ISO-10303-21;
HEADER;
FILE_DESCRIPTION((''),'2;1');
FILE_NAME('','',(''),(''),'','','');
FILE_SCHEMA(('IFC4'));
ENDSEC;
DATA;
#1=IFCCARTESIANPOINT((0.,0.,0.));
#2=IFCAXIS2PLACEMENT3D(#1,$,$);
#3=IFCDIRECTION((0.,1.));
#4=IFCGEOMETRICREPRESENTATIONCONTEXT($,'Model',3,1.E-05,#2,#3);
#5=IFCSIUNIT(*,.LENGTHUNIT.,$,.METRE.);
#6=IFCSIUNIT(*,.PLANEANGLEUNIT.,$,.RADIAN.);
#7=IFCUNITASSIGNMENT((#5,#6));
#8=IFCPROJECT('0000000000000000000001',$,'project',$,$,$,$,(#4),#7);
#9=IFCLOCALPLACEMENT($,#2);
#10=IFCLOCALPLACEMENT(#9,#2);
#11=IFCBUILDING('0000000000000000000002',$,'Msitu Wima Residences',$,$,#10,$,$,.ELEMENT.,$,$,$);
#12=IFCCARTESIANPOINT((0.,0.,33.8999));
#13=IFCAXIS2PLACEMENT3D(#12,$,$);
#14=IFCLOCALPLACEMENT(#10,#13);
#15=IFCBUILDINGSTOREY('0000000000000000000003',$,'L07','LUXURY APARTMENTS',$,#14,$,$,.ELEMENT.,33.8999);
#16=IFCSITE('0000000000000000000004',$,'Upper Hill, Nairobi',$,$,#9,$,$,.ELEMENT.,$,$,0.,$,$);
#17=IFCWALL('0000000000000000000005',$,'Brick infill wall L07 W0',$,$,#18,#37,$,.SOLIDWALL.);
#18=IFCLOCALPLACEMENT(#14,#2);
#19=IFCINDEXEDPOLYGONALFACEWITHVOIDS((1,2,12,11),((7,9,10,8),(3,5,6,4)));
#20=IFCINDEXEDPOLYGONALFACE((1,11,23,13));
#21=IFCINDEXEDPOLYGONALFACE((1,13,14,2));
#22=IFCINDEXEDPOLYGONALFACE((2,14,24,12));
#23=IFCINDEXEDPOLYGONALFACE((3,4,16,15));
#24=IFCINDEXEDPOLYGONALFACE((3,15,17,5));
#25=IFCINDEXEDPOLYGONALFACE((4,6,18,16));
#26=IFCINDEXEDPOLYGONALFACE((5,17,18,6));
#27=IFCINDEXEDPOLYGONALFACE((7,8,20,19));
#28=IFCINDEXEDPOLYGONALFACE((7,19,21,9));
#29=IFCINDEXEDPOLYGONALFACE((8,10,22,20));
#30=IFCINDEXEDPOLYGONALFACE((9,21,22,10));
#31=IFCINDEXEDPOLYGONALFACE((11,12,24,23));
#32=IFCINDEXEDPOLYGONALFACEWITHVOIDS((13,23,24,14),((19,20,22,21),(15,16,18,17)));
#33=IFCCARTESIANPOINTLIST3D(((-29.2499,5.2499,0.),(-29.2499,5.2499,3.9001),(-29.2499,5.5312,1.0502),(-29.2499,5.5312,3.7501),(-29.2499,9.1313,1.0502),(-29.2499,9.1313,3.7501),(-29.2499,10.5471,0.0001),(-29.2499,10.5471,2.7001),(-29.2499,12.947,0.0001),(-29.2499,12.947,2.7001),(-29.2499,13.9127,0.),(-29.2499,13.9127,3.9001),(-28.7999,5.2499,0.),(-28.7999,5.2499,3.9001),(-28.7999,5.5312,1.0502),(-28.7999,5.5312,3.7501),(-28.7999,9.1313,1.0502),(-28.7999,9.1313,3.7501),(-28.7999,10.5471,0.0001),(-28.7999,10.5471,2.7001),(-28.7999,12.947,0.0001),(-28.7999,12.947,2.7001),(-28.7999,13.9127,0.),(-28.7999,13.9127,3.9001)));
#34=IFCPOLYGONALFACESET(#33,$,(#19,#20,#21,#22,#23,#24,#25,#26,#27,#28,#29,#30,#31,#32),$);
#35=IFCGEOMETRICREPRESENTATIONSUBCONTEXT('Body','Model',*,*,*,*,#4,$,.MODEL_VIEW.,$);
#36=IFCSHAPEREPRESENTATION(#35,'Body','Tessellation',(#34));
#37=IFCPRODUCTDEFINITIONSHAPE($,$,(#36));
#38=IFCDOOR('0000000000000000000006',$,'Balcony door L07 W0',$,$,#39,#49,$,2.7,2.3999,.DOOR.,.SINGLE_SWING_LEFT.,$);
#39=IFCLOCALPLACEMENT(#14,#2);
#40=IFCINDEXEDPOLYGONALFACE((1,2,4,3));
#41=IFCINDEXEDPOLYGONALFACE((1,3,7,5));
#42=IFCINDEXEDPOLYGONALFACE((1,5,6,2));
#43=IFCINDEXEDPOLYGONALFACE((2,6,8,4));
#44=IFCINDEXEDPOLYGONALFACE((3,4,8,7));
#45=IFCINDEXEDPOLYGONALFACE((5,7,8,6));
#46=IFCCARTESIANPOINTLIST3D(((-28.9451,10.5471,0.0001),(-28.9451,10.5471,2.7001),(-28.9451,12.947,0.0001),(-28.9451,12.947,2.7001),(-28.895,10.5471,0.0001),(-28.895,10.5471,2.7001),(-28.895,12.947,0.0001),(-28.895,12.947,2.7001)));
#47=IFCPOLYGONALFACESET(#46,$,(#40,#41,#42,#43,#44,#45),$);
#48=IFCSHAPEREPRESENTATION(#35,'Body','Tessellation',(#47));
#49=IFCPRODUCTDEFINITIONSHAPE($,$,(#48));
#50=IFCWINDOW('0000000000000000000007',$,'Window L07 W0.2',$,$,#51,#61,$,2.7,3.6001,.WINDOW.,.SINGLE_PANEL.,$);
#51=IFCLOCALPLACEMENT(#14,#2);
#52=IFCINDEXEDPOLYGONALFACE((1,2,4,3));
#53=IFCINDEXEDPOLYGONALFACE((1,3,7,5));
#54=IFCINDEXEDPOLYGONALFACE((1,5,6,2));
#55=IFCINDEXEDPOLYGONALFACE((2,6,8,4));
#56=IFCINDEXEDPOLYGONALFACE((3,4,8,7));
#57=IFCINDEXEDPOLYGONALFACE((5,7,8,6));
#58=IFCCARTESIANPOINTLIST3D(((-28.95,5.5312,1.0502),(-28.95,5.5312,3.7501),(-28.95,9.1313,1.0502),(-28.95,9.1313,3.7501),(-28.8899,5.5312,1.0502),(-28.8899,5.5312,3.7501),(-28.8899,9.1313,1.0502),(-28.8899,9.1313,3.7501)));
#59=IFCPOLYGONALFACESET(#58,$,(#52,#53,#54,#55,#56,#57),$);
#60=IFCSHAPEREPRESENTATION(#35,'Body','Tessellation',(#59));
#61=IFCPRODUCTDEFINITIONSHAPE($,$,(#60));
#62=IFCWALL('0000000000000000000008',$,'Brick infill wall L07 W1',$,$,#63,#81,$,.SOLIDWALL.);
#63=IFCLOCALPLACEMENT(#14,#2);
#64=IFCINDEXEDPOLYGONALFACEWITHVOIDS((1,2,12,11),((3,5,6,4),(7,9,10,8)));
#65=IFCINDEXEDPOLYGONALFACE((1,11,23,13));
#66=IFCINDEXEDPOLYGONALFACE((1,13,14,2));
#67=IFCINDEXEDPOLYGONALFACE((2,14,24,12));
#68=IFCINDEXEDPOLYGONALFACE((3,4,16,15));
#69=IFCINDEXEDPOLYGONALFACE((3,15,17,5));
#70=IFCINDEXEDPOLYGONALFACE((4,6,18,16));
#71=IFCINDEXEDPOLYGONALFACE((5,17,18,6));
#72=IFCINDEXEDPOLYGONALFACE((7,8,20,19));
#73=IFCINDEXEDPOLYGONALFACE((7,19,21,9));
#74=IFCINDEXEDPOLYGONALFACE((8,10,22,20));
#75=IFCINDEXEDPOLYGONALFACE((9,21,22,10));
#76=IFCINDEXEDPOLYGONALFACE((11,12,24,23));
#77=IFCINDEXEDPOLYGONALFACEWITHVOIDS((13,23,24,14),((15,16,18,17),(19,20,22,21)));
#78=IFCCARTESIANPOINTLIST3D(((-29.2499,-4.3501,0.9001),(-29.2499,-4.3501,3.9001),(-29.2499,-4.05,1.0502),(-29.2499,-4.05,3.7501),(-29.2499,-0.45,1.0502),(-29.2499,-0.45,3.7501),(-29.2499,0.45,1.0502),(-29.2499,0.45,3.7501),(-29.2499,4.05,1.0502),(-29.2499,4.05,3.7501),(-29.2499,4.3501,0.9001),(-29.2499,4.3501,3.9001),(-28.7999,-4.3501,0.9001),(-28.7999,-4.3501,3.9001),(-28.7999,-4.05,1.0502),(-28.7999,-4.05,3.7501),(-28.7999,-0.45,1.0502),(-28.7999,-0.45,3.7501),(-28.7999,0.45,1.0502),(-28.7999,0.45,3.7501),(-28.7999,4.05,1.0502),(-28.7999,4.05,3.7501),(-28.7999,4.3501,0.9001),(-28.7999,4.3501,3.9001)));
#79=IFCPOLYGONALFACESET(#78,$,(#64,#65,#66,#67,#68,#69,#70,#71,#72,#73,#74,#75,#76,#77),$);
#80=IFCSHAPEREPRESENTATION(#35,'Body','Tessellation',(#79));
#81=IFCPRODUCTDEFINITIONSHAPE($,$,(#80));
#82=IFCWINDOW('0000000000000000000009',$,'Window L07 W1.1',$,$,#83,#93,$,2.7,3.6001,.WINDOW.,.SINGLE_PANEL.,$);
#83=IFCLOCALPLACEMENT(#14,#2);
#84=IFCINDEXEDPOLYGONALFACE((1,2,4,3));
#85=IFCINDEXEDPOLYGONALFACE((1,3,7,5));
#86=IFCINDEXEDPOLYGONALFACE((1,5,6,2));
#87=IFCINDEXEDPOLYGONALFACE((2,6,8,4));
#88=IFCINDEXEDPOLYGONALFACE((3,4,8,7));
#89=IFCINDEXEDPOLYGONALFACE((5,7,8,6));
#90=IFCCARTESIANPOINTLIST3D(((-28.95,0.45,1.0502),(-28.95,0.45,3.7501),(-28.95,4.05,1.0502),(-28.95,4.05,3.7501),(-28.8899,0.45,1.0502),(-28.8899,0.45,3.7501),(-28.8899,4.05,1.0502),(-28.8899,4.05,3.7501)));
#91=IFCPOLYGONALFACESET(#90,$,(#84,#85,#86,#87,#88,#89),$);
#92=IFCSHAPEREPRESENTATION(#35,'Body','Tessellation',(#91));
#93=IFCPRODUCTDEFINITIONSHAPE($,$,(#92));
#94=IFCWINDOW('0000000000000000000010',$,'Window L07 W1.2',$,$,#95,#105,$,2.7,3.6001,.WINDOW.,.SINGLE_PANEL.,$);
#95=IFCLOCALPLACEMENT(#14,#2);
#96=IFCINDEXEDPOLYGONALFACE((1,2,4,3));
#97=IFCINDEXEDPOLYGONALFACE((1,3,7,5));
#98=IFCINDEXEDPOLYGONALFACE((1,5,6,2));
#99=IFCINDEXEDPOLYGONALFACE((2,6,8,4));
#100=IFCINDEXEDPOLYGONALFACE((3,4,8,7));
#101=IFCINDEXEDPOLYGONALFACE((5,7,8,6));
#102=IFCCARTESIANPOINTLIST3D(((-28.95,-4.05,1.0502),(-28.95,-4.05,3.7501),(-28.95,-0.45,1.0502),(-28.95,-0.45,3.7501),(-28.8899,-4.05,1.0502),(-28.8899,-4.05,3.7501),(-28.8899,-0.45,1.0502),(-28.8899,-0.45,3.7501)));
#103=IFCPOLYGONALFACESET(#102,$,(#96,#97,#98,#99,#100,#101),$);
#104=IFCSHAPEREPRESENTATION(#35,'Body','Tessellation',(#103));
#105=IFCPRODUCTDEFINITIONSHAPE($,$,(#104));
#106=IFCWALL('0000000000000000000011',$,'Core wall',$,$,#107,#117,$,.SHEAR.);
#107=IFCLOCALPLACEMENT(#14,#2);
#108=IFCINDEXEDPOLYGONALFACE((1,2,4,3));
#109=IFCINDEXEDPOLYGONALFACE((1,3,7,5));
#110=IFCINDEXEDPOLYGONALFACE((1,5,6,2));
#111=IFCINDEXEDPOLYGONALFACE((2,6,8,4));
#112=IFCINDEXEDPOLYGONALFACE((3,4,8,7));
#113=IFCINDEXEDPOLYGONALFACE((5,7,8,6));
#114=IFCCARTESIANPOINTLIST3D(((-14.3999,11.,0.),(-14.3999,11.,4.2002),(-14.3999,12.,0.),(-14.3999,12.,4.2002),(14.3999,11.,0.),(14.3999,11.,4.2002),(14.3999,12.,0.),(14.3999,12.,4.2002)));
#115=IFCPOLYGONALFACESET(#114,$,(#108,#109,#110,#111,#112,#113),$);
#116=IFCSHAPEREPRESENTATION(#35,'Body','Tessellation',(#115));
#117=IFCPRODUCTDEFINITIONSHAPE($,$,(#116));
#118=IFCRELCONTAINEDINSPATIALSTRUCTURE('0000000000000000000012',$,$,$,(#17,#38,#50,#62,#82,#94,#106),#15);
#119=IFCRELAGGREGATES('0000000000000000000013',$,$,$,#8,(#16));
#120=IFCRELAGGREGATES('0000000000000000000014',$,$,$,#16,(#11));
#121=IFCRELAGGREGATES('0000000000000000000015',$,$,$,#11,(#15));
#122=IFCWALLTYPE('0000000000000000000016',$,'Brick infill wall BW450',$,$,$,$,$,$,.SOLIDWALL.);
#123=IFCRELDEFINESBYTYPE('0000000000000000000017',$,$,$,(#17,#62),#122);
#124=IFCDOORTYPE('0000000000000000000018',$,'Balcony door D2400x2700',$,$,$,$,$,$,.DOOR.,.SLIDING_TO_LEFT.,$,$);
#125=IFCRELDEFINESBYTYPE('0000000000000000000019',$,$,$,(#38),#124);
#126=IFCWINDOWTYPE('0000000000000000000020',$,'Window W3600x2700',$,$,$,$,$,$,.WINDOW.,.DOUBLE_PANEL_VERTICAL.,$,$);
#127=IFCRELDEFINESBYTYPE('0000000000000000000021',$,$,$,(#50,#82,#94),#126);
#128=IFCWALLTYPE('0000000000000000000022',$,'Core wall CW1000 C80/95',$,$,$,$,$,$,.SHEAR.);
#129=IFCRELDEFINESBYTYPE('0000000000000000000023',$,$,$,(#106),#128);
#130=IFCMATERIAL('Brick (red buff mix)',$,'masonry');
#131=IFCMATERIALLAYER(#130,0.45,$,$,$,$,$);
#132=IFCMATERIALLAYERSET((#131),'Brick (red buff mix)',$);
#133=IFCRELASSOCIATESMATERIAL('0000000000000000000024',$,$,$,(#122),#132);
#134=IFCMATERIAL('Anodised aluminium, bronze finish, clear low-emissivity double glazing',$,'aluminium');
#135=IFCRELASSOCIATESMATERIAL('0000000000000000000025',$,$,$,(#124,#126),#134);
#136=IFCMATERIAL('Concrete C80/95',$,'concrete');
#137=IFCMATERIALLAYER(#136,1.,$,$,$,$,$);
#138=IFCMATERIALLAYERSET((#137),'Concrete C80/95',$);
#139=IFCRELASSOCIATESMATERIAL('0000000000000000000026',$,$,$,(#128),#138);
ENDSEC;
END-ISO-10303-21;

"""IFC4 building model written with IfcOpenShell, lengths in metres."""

from ifc_helpers import new_model, si_unit, direction, frame, frame_2d, origin, place, context, subcontext, project, spatial, rectangle, extrude, material, layer, layer_set, type_object, element, fill, save


model = new_model("IFC4")

# Units and contexts
model_context = context("Model", 3, precision=1e-05, world=origin(), true_north=direction((0.0, 1.0)))
body_context = subcontext(model_context, "Body", "Model", "MODEL_VIEW")
ifc_project = project(units=[si_unit("LENGTHUNIT", "METRE"), si_unit("PLANEANGLEUNIT", "RADIAN")], contexts=[model_context])

# Site, building, storey
site_placement = place(None, origin())
site = spatial("IfcSite", under=ifc_project, at=site_placement, Name="Upper Hill, Nairobi", CompositionType="ELEMENT", RefElevation=0.0)
building_placement = place(site_placement, origin())
building = spatial("IfcBuilding", under=site, at=building_placement, Name="Msitu Wima Residences", CompositionType="ELEMENT")
storey_placement = place(building_placement, frame((0.0, 0.0, 33.8999)))
storey = spatial("IfcBuildingStorey", under=building, at=storey_placement, Name="L07", Description="LUXURY APARTMENTS", CompositionType="ELEMENT", Elevation=33.8999)

# Shared definitions
ifc_material_1 = material(Name="Concrete C80/95", Category="concrete")

# Wall, openings, door, window
ifc_material_2 = material(Name="Brick (red buff mix)", Category="masonry")
ifc_layer_1 = layer(ifc_material_2, 0.45)
ifc_layer_set_1 = layer_set([ifc_layer_1], Name="Brick (red buff mix)")
wall_type_1 = type_object("IfcWallType", Name="Brick infill wall BW450", PredefinedType="SOLIDWALL", material=ifc_layer_set_1)
wall_1_placement = place(storey_placement, frame((-29.0249, 13.9128, 0.0), z_axis=(0.0, 0.0, 1.0), x_axis=(0.0, -1.0, 0.0)))
wall_1 = element("IfcWall", 1, at=wall_1_placement, inside=storey, type_object=wall_type_1, Name="Brick infill wall L07 W0", PredefinedType="SOLIDWALL", context=body_context, shape_type="SweptSolid", body=[
    extrude(rectangle(XDim=8.6628, YDim=0.45, at=frame_2d((4.3315, 0.0))), origin(), (0.0, 0.0, 1.0), 3.9001),
])
opening_1_placement = place(wall_1_placement, frame((0.9658, 0.0, 0.0)))
opening_1 = element("IfcOpeningElement", 2, at=opening_1_placement, cuts=wall_1, PredefinedType="OPENING", context=body_context, shape_type="SweptSolid", body=[
    extrude(rectangle(XDim=2.3999, YDim=2.7, at=frame_2d((1.2, 1.3501))), frame((0.0, 0.2349, 0.0), z_axis=(0.0, -1.0, 0.0), x_axis=(1.0, 0.0, 0.0)), (0.0, 0.0, 1.0), 0.47),
])
opening_2_placement = place(wall_1_placement, frame((4.7815, 0.0, 1.05)))
opening_2 = element("IfcOpeningElement", 3, at=opening_2_placement, cuts=wall_1, PredefinedType="OPENING", context=body_context, shape_type="SweptSolid", body=[
    extrude(rectangle(XDim=3.6001, YDim=2.7, at=frame_2d((1.8, 1.3501))), frame((0.0, 0.2349, 0.0), z_axis=(0.0, -1.0, 0.0), x_axis=(1.0, 0.0, 0.0)), (0.0, 0.0, 1.0), 0.47),
])
ifc_material_3 = material(Name="Anodised aluminium, bronze finish, clear low-emissivity double glazing", Category="aluminium")
door_type_1 = type_object("IfcDoorType", Name="Balcony door D2400x2700", OperationType="SLIDING_TO_LEFT", PredefinedType="DOOR", material=ifc_material_3)
door_1_placement = place(opening_1_placement, origin())
door_1 = element("IfcDoor", 4, at=door_1_placement, inside=storey, type_object=door_type_1, Name="Balcony door L07 W0", OperationType="SINGLE_SWING_LEFT", OverallHeight=2.7, OverallWidth=2.3999, PredefinedType="DOOR", context=body_context, shape_type="SweptSolid", body=[
    extrude(rectangle(XDim=2.3999, YDim=2.7, at=frame_2d((1.2, 1.3501))), frame((0.0, 0.1299, 0.0), z_axis=(0.0, -1.0, 0.0), x_axis=(1.0, 0.0, 0.0)), (0.0, 0.0, 1.0), 0.05),
])
fill(opening_1, door_1)
window_type = type_object("IfcWindowType", Name="Window W3600x2700", PartitioningType="DOUBLE_PANEL_VERTICAL", PredefinedType="WINDOW", material=ifc_material_3)
window_1_placement = place(opening_2_placement, origin())
window_1 = element("IfcWindow", 5, at=window_1_placement, inside=storey, type_object=window_type, Name="Window L07 W0.2", OverallHeight=2.7, OverallWidth=3.6001, PartitioningType="SINGLE_PANEL", PredefinedType="WINDOW", context=body_context, shape_type="SweptSolid", body=[
    extrude(rectangle(XDim=3.6001, YDim=2.7, at=frame_2d((1.8, 1.3501))), frame((0.0, 0.135, 0.0), z_axis=(0.0, -1.0, 0.0), x_axis=(1.0, 0.0, 0.0)), (0.0, 0.0, 1.0), 0.0601),
])
fill(opening_2, window_1)

# Wall, openings, windows
wall_2_placement = place(storey_placement, frame((-29.0249, 4.3501, 0.9001), z_axis=(0.0, 0.0, 1.0), x_axis=(0.0, -1.0, 0.0)))
wall_2 = element("IfcWall", 6, at=wall_2_placement, inside=storey, type_object=wall_type_1, Name="Brick infill wall L07 W1", PredefinedType="SOLIDWALL", context=body_context, shape_type="SweptSolid", body=[
    extrude(rectangle(XDim=8.7002, YDim=0.45, at=frame_2d((4.3501, 0.0))), origin(), (0.0, 0.0, 1.0), 3.0),
])
opening_3_placement = place(wall_2_placement, frame((0.3, 0.0, 0.1499)))
opening_3 = element("IfcOpeningElement", 7, at=opening_3_placement, cuts=wall_2, PredefinedType="OPENING", context=body_context, shape_type="SweptSolid", body=[
    extrude(rectangle(XDim=3.6001, YDim=2.7, at=frame_2d((1.8, 1.3501))), frame((0.0, 0.2349, 0.0), z_axis=(0.0, -1.0, 0.0), x_axis=(1.0, 0.0, 0.0)), (0.0, 0.0, 1.0), 0.47),
])
opening_4_placement = place(wall_2_placement, frame((4.8, 0.0, 0.1499)))
opening_4 = element("IfcOpeningElement", 8, at=opening_4_placement, cuts=wall_2, PredefinedType="OPENING", context=body_context, shape_type="SweptSolid", body=[
    extrude(rectangle(XDim=3.6001, YDim=2.7, at=frame_2d((1.8, 1.3501))), frame((0.0, 0.2349, 0.0), z_axis=(0.0, -1.0, 0.0), x_axis=(1.0, 0.0, 0.0)), (0.0, 0.0, 1.0), 0.47),
])
window_2_placement = place(opening_3_placement, origin())
window_2 = element("IfcWindow", 9, at=window_2_placement, inside=storey, type_object=window_type, Name="Window L07 W1.1", OverallHeight=2.7, OverallWidth=3.6001, PartitioningType="SINGLE_PANEL", PredefinedType="WINDOW", context=body_context, shape_type="SweptSolid", body=[
    extrude(rectangle(XDim=3.6001, YDim=2.7, at=frame_2d((1.8, 1.3501))), frame((0.0, 0.135, 0.0), z_axis=(0.0, -1.0, 0.0), x_axis=(1.0, 0.0, 0.0)), (0.0, 0.0, 1.0), 0.0601),
])
fill(opening_3, window_2)
window_3_placement = place(opening_4_placement, origin())
window_3 = element("IfcWindow", 10, at=window_3_placement, inside=storey, type_object=window_type, Name="Window L07 W1.2", OverallHeight=2.7, OverallWidth=3.6001, PartitioningType="SINGLE_PANEL", PredefinedType="WINDOW", context=body_context, shape_type="SweptSolid", body=[
    extrude(rectangle(XDim=3.6001, YDim=2.7, at=frame_2d((1.8, 1.3501))), frame((0.0, 0.135, 0.0), z_axis=(0.0, -1.0, 0.0), x_axis=(1.0, 0.0, 0.0)), (0.0, 0.0, 1.0), 0.0601),
])
fill(opening_4, window_3)

# Wall
ifc_layer_2 = layer(ifc_material_1, 1.0)
ifc_layer_set_2 = layer_set([ifc_layer_2], Name="Concrete C80/95")
wall_type_2 = type_object("IfcWallType", Name="Core wall CW1000 C80/95", PredefinedType="SHEAR", material=ifc_layer_set_2)
wall_3_placement = place(storey_placement, frame((-14.3999, 11.5, 0.0), z_axis=(0.0, 0.0, 1.0), x_axis=(1.0, 0.0, 0.0)))
element("IfcWall", 11, at=wall_3_placement, inside=storey, type_object=wall_type_2, Name="Core wall", PredefinedType="SHEAR", context=body_context, shape_type="SweptSolid", body=[
    extrude(rectangle(XDim=28.7998, YDim=1.0, at=frame_2d((14.3999, 0.0))), origin(), (0.0, 0.0, 1.0), 4.2002),
])

save(model, "model.ifc")
